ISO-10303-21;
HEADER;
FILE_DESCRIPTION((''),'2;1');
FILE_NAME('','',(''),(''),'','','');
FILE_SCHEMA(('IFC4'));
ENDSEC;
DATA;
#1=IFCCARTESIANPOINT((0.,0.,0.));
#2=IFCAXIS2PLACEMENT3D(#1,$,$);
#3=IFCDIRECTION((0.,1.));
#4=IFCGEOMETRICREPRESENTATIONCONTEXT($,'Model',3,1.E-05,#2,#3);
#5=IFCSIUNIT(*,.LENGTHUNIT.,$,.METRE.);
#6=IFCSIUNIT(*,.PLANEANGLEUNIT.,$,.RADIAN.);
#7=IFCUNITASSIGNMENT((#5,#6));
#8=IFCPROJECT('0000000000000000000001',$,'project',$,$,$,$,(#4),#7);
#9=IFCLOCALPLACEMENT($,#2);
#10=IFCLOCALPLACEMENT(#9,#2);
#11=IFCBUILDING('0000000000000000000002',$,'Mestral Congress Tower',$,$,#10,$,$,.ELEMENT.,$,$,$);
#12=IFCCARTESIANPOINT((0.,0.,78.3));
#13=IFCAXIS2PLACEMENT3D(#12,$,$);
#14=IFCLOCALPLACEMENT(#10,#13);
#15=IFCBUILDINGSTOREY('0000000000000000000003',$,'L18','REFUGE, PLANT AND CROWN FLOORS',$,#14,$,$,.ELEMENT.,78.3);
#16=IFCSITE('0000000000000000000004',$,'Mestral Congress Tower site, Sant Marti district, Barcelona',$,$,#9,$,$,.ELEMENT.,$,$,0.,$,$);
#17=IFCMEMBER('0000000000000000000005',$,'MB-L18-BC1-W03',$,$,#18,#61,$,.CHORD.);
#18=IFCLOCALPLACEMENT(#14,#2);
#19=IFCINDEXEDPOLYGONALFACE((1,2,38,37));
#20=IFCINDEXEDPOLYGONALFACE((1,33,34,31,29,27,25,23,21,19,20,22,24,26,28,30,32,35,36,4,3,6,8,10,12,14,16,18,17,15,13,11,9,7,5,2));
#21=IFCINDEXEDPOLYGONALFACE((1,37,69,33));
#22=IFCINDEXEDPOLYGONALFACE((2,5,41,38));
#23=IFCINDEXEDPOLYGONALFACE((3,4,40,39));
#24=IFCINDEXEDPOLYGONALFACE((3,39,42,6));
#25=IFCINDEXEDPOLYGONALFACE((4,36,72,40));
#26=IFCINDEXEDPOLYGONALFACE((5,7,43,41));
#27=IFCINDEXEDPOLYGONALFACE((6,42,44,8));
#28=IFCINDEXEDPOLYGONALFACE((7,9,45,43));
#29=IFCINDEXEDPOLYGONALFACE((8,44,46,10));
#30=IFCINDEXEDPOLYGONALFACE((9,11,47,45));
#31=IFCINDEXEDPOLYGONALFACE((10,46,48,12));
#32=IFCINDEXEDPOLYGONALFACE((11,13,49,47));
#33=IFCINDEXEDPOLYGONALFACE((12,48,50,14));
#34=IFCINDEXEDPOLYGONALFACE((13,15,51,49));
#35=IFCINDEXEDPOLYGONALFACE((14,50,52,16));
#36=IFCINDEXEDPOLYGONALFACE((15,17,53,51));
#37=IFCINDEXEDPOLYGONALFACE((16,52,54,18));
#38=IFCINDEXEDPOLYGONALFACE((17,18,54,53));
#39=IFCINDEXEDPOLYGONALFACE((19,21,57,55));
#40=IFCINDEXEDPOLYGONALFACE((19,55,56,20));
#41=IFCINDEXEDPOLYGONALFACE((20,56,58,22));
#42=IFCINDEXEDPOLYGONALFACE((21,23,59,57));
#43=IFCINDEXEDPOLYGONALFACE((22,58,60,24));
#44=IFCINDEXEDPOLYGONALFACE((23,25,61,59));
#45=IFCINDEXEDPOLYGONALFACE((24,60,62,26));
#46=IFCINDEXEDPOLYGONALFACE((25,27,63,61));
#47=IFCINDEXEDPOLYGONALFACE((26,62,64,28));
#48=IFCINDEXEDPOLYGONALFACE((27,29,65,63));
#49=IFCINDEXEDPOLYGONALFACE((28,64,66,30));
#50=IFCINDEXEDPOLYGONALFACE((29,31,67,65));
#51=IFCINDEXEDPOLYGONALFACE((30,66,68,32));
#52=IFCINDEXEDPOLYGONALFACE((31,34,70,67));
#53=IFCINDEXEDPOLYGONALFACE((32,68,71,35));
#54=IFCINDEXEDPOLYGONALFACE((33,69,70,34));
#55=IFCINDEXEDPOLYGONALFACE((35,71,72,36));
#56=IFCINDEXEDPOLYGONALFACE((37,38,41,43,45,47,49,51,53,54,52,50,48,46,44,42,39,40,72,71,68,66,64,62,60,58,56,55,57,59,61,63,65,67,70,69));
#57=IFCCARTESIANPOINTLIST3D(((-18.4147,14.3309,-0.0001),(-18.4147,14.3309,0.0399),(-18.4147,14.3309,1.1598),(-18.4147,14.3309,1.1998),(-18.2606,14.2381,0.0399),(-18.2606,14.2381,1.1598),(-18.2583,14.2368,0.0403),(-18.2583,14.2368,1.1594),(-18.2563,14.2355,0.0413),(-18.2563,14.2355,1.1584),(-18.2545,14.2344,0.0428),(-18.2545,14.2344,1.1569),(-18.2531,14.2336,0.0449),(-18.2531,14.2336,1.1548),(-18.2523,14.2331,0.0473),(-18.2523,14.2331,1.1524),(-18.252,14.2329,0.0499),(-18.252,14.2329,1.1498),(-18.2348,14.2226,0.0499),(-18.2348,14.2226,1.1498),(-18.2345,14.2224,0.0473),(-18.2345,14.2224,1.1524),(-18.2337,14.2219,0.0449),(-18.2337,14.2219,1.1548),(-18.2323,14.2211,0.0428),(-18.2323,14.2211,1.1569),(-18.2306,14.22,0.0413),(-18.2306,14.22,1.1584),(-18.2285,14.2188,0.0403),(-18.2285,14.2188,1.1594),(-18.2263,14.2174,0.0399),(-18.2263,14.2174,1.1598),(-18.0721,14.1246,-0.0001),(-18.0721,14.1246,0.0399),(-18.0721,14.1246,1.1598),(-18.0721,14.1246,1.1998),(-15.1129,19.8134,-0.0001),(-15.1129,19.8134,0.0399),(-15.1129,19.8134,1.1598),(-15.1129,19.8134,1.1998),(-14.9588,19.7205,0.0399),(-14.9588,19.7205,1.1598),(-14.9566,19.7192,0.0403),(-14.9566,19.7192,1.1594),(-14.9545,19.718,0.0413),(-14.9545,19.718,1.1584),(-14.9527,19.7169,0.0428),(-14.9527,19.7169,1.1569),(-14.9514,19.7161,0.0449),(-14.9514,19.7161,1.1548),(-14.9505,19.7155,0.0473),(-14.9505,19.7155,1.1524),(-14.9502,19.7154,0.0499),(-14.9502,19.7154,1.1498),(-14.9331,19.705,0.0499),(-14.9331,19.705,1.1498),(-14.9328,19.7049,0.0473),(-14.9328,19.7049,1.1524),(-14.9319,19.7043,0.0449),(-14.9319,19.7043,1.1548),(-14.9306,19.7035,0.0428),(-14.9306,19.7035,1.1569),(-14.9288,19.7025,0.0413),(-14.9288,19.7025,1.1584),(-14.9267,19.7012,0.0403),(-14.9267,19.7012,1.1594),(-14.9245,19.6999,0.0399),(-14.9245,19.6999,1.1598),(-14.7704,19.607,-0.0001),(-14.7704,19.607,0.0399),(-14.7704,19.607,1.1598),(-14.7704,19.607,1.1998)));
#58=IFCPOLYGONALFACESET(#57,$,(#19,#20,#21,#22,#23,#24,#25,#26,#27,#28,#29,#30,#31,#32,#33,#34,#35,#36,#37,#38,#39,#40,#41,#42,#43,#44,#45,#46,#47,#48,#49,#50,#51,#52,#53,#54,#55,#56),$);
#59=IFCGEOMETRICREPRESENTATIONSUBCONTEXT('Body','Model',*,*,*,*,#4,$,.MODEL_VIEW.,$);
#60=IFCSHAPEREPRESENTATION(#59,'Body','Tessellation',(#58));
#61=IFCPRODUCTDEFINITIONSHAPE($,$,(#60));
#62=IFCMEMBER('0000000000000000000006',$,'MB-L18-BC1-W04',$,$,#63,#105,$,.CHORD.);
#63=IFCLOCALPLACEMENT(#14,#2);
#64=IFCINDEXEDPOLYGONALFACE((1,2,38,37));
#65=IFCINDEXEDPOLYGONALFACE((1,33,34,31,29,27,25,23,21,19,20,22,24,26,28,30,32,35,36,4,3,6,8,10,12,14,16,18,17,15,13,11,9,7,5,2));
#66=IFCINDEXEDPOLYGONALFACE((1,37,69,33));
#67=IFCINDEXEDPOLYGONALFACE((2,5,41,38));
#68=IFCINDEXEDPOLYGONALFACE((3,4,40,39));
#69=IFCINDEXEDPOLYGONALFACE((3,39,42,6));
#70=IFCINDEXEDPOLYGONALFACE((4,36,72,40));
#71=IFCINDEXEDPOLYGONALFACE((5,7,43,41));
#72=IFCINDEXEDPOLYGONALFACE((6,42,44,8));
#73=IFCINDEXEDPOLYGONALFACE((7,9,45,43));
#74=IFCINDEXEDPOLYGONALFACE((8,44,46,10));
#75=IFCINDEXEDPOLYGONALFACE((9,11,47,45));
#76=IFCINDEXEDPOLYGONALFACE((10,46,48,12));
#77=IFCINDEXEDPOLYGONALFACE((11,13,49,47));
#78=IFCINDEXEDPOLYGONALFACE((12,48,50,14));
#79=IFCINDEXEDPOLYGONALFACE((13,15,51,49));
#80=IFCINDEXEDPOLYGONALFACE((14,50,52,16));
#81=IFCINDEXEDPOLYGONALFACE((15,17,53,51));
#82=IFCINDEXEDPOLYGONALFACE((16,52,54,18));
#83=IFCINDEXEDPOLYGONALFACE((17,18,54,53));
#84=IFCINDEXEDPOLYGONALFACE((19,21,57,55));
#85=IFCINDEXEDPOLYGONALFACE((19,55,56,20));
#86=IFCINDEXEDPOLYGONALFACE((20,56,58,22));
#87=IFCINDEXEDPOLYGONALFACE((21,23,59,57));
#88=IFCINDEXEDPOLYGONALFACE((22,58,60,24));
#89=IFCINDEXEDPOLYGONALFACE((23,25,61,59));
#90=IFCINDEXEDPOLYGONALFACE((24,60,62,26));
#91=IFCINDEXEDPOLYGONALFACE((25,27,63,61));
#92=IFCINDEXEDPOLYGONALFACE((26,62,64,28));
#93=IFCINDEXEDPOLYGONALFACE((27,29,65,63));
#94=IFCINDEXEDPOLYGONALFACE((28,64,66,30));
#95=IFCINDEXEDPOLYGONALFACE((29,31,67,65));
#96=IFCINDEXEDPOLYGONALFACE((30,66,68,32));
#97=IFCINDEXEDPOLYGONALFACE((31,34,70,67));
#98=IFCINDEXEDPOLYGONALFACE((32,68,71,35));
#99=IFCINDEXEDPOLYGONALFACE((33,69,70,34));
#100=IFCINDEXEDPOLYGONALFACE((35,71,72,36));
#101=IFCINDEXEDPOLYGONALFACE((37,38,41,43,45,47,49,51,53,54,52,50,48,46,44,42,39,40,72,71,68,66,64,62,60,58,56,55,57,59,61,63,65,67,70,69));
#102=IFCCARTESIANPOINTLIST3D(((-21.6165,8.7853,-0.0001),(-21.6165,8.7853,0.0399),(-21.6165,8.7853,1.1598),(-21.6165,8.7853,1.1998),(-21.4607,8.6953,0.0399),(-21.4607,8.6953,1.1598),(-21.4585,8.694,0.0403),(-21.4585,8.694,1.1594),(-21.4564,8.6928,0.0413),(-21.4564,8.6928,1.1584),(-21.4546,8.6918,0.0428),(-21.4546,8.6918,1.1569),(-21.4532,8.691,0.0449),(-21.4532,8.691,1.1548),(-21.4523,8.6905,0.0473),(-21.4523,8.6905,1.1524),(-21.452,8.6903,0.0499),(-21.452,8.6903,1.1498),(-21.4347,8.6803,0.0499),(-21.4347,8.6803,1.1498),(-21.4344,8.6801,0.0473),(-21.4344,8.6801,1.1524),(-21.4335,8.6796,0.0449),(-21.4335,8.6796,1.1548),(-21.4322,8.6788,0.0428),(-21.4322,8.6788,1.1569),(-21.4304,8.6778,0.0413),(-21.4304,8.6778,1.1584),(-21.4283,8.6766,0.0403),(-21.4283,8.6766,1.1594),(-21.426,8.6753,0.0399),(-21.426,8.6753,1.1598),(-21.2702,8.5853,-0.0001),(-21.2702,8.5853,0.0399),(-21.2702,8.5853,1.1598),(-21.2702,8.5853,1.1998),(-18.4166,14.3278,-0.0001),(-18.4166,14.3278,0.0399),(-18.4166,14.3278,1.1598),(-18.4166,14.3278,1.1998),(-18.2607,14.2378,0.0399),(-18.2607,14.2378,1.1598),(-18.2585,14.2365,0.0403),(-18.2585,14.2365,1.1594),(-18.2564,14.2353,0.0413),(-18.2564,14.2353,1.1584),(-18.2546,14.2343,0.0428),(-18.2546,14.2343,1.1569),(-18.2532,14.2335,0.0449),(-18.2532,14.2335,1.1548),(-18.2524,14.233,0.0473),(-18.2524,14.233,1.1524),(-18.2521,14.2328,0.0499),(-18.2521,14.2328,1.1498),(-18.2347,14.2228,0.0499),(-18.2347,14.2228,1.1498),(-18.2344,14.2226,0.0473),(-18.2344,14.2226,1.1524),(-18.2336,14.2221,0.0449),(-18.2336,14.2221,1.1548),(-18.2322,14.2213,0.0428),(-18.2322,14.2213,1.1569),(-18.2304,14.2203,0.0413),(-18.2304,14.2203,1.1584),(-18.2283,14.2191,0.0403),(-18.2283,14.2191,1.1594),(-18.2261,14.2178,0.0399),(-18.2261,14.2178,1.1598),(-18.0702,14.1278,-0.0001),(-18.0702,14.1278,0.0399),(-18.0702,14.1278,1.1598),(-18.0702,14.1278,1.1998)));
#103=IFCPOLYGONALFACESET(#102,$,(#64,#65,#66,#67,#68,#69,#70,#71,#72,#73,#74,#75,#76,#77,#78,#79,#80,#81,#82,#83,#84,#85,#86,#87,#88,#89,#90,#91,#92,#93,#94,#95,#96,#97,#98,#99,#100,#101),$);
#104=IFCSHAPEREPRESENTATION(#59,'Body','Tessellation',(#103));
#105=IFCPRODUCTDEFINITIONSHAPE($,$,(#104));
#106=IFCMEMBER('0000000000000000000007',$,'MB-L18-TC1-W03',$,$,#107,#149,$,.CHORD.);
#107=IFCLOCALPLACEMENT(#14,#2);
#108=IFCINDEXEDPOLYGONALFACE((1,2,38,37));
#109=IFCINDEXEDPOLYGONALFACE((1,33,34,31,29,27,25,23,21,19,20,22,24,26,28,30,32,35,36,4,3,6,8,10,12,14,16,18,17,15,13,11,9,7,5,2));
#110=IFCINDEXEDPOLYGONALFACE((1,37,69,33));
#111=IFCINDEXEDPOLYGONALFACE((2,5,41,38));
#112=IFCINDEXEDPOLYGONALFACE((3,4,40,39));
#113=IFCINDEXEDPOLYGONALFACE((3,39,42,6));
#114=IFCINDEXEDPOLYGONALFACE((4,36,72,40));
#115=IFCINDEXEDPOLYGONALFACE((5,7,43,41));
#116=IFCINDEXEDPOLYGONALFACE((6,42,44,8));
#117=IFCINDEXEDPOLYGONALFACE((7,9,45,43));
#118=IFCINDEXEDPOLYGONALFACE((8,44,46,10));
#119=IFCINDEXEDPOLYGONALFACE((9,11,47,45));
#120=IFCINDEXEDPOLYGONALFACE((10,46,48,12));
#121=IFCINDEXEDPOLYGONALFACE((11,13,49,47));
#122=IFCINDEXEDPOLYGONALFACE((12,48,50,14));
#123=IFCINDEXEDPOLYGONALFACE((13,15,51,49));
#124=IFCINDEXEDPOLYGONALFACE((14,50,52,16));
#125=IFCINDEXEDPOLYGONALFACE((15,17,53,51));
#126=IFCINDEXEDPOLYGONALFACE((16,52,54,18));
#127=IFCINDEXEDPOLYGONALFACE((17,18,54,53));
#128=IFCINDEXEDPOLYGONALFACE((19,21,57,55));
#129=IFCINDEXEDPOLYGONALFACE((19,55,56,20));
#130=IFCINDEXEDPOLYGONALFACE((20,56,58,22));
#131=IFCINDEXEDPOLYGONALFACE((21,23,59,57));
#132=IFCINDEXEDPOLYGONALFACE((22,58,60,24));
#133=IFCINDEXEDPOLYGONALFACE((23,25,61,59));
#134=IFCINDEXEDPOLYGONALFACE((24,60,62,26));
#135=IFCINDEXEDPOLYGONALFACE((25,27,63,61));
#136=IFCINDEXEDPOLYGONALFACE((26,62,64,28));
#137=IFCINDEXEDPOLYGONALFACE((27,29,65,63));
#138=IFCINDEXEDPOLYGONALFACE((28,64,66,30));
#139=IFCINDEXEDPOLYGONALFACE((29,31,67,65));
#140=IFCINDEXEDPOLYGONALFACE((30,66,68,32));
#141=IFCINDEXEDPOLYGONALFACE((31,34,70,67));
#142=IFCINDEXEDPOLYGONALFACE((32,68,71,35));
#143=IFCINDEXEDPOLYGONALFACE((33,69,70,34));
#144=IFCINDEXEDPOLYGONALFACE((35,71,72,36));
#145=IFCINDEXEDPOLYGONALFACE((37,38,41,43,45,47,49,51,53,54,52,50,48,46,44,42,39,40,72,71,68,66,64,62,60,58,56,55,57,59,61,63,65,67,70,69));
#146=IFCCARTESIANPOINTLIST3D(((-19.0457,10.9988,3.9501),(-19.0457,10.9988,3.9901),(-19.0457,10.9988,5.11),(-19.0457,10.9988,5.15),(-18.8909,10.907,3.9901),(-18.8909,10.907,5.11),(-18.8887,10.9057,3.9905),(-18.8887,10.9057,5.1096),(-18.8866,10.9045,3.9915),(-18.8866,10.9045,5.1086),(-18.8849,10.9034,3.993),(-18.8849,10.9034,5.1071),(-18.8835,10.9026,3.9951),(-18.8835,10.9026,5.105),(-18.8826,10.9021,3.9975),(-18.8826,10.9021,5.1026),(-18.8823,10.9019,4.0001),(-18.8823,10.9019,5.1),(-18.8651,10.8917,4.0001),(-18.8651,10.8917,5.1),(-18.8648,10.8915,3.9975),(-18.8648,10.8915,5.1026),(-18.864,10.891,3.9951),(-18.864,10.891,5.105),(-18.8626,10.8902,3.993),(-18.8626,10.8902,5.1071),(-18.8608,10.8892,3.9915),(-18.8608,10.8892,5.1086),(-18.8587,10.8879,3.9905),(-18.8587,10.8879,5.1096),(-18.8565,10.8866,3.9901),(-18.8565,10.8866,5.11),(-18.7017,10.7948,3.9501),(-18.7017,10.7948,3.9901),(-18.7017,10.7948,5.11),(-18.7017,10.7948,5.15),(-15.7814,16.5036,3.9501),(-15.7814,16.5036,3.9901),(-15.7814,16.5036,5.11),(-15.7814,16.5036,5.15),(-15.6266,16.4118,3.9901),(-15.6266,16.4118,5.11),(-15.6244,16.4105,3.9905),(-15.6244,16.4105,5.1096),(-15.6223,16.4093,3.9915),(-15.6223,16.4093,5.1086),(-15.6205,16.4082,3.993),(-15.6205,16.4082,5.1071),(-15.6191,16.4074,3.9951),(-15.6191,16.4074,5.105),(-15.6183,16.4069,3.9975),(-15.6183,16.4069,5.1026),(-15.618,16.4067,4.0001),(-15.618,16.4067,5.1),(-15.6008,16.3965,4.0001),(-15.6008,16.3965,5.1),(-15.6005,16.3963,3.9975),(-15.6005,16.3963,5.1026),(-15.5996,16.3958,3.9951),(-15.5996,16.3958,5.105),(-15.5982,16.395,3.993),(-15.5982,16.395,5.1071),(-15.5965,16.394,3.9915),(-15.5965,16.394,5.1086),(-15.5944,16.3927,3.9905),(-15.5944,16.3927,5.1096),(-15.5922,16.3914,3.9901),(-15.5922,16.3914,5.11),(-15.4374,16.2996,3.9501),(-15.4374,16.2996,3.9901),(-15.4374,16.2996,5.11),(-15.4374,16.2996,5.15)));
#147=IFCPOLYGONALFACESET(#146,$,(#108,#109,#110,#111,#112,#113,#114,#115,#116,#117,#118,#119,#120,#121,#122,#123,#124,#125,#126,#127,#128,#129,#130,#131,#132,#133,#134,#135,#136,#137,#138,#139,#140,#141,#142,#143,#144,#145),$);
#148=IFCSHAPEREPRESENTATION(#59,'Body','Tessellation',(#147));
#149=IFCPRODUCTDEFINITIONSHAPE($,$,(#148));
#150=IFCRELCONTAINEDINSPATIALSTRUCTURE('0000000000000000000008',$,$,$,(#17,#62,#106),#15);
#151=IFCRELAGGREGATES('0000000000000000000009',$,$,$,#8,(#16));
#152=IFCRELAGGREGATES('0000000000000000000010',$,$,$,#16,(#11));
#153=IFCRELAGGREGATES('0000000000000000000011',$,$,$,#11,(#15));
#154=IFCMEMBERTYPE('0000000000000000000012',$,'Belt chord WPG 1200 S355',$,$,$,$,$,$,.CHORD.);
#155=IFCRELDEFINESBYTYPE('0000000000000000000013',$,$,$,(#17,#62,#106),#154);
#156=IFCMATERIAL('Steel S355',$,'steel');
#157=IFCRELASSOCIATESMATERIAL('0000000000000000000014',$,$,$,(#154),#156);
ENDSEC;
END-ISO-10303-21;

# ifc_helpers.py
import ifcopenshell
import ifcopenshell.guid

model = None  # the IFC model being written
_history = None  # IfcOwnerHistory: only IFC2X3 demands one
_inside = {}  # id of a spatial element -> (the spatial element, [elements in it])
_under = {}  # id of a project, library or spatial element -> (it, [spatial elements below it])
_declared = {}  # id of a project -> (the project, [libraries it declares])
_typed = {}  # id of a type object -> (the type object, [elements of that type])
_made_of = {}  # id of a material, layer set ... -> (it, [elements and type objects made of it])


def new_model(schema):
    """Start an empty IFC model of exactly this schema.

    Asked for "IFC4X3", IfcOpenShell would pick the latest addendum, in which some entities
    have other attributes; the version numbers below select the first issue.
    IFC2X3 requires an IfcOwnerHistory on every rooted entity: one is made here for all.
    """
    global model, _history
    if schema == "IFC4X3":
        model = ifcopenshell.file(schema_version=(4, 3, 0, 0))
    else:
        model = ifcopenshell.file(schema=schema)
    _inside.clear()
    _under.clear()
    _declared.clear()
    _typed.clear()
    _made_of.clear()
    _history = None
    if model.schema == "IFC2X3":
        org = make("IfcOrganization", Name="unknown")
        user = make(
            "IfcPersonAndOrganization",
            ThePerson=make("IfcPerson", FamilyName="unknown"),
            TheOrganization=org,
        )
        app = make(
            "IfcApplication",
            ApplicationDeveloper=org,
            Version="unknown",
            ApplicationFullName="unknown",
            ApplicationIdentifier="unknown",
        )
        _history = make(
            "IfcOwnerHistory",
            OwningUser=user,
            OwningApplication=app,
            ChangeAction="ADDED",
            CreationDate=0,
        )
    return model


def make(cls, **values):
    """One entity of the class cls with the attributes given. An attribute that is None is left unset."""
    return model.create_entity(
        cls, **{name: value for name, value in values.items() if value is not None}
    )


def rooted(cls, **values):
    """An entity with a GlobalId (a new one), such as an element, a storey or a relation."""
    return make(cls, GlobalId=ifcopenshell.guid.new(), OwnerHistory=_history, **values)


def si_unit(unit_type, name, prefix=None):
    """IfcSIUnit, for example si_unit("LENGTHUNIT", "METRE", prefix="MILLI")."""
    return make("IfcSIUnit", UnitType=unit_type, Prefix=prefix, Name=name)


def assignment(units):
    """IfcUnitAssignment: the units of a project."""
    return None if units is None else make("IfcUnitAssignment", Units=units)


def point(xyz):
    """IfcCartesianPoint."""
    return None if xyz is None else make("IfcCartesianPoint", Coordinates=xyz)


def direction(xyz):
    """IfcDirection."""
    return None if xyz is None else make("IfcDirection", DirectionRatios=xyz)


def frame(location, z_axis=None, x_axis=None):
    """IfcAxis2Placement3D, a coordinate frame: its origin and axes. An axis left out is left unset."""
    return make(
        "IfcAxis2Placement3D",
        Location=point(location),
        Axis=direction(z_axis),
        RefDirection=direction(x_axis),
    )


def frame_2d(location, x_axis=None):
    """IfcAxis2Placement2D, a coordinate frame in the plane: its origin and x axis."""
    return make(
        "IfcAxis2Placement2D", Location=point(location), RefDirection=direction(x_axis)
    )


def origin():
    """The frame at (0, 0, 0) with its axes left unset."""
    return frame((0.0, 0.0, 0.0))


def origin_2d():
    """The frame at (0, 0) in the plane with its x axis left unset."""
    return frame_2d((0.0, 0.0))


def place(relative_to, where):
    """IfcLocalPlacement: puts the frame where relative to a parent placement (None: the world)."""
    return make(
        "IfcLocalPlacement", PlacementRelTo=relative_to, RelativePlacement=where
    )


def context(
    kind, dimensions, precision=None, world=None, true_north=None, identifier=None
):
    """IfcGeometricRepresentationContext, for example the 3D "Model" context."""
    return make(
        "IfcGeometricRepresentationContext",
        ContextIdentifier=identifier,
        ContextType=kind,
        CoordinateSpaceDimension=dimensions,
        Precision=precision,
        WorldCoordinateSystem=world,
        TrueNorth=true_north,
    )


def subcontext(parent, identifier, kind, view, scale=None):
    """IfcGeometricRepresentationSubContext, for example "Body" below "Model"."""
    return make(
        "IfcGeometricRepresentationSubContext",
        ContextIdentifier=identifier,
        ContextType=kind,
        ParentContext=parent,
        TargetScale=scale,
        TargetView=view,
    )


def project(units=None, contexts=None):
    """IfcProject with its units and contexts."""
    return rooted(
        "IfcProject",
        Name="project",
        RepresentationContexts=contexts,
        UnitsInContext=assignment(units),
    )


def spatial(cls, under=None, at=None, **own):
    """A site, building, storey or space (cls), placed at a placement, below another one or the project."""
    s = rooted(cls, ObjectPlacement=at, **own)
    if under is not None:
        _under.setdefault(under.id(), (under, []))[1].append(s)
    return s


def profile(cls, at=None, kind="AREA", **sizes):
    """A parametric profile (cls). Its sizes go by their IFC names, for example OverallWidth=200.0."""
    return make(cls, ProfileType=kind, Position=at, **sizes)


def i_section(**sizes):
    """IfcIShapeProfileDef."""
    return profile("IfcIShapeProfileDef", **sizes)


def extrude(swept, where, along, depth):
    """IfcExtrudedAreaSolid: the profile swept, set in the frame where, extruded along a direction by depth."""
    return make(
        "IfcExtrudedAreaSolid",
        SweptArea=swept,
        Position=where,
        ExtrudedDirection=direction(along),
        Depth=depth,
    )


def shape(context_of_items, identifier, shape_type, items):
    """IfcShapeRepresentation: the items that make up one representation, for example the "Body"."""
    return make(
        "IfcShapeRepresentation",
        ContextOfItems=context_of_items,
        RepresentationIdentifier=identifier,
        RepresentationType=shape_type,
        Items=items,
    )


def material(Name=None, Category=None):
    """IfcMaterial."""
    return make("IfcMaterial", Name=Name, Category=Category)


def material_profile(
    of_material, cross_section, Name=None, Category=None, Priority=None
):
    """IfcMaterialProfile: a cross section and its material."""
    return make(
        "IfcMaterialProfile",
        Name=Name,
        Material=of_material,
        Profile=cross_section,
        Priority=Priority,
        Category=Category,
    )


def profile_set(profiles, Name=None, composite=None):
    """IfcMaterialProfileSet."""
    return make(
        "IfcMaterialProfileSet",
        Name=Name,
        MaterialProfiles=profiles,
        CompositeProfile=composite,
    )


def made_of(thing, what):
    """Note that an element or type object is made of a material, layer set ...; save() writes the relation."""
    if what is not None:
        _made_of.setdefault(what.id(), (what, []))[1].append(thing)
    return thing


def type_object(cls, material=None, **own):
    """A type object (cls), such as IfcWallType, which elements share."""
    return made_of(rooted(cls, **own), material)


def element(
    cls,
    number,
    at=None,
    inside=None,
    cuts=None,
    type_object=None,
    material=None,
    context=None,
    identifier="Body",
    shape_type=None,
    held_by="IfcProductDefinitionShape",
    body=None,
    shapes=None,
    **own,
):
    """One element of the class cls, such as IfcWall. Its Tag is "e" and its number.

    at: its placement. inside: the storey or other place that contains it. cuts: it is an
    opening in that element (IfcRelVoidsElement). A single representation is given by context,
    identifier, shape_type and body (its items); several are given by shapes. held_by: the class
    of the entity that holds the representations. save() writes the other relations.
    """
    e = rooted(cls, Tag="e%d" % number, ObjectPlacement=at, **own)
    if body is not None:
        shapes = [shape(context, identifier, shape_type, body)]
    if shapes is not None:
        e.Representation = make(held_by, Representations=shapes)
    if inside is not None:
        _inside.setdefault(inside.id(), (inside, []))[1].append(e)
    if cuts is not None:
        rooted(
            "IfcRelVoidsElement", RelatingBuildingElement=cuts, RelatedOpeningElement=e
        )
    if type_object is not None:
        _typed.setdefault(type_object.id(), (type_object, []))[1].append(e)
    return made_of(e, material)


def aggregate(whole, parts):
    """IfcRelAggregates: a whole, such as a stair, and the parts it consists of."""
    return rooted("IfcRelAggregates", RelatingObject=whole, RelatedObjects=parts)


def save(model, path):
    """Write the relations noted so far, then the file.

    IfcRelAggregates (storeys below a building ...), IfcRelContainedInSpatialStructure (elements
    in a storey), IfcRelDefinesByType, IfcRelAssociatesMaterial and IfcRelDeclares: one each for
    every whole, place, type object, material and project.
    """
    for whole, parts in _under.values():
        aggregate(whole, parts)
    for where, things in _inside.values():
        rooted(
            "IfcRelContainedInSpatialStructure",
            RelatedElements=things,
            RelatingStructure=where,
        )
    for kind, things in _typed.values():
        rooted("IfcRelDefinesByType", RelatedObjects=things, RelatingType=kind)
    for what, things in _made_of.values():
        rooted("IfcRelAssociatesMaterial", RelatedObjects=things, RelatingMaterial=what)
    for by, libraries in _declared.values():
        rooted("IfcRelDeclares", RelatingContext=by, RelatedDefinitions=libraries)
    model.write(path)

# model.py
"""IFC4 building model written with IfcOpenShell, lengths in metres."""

from ifc_helpers import new_model, si_unit, direction, frame, origin, origin_2d, place, context, subcontext, project, spatial, i_section, extrude, material, material_profile, profile_set, type_object, element, save


model = new_model("IFC4")

# Units and contexts
model_context = context("Model", 3, precision=1e-05, world=origin(), true_north=direction((0.0, 1.0)))
body_context = subcontext(model_context, "Body", "Model", "MODEL_VIEW")
ifc_project = project(units=[si_unit("LENGTHUNIT", "METRE"), si_unit("PLANEANGLEUNIT", "RADIAN")], contexts=[model_context])

# Site, building, storey
site_placement = place(None, origin())
site = spatial("IfcSite", under=ifc_project, at=site_placement, Name="Mestral Congress Tower site, Sant Marti district, Barcelona", CompositionType="ELEMENT", RefElevation=0.0)
building_placement = place(site_placement, origin())
building = spatial("IfcBuilding", under=site, at=building_placement, Name="Mestral Congress Tower", CompositionType="ELEMENT")
storey_placement = place(building_placement, frame((0.0, 0.0, 78.3)))
storey = spatial("IfcBuildingStorey", under=building, at=storey_placement, Name="L18", Description="REFUGE, PLANT AND CROWN FLOORS", CompositionType="ELEMENT", Elevation=78.3)

# Members
ifc_material_1 = material(Name="Steel S355", Category="steel")
ifc_material_profile_1 = material_profile(ifc_material_1, i_section(OverallWidth=0.3999, OverallDepth=1.2, WebThickness=0.02, FlangeThickness=0.04, FilletRadius=0.01, at=origin_2d()), Name="WPG 1200")
ifc_profile_set_1 = profile_set([ifc_material_profile_1], Name="Steel S355")
member_type_1 = type_object("IfcMemberType", Name="Belt chord WPG 1200 S355", PredefinedType="CHORD", material=ifc_profile_set_1)
for number, where, z_axis, x_axis, name in (
    (1, (-14.9417, 19.7102, 0.5999), (-0.515909, -0.856644, 0.0), (0.856644, -0.515909, 0.0), "MB-L18-BC1-W03"),
    (2, (-18.2434, 14.2278, 0.5999), (-0.5, -0.866025, 0.0), (0.866025, -0.5, 0.0), "MB-L18-BC1-W04"),
    (3, (-15.6094, 16.4016, 4.55), (-0.510063, -0.860137, 0.0), (0.860137, -0.510063, 0.0), "MB-L18-TC1-W03"),
):
    element("IfcMember", number, at=place(storey_placement, frame(where, z_axis=z_axis, x_axis=x_axis)), inside=storey, type_object=member_type_1, Name=name, PredefinedType="CHORD", context=body_context, shape_type="SweptSolid", body=[
        extrude(i_section(OverallWidth=0.3999, OverallDepth=1.2, WebThickness=0.02, FlangeThickness=0.04, FilletRadius=0.01, at=origin_2d()), origin(), (0.0, 0.0, 1.0), 6.3999),
    ])

save(model, "model.ifc")
